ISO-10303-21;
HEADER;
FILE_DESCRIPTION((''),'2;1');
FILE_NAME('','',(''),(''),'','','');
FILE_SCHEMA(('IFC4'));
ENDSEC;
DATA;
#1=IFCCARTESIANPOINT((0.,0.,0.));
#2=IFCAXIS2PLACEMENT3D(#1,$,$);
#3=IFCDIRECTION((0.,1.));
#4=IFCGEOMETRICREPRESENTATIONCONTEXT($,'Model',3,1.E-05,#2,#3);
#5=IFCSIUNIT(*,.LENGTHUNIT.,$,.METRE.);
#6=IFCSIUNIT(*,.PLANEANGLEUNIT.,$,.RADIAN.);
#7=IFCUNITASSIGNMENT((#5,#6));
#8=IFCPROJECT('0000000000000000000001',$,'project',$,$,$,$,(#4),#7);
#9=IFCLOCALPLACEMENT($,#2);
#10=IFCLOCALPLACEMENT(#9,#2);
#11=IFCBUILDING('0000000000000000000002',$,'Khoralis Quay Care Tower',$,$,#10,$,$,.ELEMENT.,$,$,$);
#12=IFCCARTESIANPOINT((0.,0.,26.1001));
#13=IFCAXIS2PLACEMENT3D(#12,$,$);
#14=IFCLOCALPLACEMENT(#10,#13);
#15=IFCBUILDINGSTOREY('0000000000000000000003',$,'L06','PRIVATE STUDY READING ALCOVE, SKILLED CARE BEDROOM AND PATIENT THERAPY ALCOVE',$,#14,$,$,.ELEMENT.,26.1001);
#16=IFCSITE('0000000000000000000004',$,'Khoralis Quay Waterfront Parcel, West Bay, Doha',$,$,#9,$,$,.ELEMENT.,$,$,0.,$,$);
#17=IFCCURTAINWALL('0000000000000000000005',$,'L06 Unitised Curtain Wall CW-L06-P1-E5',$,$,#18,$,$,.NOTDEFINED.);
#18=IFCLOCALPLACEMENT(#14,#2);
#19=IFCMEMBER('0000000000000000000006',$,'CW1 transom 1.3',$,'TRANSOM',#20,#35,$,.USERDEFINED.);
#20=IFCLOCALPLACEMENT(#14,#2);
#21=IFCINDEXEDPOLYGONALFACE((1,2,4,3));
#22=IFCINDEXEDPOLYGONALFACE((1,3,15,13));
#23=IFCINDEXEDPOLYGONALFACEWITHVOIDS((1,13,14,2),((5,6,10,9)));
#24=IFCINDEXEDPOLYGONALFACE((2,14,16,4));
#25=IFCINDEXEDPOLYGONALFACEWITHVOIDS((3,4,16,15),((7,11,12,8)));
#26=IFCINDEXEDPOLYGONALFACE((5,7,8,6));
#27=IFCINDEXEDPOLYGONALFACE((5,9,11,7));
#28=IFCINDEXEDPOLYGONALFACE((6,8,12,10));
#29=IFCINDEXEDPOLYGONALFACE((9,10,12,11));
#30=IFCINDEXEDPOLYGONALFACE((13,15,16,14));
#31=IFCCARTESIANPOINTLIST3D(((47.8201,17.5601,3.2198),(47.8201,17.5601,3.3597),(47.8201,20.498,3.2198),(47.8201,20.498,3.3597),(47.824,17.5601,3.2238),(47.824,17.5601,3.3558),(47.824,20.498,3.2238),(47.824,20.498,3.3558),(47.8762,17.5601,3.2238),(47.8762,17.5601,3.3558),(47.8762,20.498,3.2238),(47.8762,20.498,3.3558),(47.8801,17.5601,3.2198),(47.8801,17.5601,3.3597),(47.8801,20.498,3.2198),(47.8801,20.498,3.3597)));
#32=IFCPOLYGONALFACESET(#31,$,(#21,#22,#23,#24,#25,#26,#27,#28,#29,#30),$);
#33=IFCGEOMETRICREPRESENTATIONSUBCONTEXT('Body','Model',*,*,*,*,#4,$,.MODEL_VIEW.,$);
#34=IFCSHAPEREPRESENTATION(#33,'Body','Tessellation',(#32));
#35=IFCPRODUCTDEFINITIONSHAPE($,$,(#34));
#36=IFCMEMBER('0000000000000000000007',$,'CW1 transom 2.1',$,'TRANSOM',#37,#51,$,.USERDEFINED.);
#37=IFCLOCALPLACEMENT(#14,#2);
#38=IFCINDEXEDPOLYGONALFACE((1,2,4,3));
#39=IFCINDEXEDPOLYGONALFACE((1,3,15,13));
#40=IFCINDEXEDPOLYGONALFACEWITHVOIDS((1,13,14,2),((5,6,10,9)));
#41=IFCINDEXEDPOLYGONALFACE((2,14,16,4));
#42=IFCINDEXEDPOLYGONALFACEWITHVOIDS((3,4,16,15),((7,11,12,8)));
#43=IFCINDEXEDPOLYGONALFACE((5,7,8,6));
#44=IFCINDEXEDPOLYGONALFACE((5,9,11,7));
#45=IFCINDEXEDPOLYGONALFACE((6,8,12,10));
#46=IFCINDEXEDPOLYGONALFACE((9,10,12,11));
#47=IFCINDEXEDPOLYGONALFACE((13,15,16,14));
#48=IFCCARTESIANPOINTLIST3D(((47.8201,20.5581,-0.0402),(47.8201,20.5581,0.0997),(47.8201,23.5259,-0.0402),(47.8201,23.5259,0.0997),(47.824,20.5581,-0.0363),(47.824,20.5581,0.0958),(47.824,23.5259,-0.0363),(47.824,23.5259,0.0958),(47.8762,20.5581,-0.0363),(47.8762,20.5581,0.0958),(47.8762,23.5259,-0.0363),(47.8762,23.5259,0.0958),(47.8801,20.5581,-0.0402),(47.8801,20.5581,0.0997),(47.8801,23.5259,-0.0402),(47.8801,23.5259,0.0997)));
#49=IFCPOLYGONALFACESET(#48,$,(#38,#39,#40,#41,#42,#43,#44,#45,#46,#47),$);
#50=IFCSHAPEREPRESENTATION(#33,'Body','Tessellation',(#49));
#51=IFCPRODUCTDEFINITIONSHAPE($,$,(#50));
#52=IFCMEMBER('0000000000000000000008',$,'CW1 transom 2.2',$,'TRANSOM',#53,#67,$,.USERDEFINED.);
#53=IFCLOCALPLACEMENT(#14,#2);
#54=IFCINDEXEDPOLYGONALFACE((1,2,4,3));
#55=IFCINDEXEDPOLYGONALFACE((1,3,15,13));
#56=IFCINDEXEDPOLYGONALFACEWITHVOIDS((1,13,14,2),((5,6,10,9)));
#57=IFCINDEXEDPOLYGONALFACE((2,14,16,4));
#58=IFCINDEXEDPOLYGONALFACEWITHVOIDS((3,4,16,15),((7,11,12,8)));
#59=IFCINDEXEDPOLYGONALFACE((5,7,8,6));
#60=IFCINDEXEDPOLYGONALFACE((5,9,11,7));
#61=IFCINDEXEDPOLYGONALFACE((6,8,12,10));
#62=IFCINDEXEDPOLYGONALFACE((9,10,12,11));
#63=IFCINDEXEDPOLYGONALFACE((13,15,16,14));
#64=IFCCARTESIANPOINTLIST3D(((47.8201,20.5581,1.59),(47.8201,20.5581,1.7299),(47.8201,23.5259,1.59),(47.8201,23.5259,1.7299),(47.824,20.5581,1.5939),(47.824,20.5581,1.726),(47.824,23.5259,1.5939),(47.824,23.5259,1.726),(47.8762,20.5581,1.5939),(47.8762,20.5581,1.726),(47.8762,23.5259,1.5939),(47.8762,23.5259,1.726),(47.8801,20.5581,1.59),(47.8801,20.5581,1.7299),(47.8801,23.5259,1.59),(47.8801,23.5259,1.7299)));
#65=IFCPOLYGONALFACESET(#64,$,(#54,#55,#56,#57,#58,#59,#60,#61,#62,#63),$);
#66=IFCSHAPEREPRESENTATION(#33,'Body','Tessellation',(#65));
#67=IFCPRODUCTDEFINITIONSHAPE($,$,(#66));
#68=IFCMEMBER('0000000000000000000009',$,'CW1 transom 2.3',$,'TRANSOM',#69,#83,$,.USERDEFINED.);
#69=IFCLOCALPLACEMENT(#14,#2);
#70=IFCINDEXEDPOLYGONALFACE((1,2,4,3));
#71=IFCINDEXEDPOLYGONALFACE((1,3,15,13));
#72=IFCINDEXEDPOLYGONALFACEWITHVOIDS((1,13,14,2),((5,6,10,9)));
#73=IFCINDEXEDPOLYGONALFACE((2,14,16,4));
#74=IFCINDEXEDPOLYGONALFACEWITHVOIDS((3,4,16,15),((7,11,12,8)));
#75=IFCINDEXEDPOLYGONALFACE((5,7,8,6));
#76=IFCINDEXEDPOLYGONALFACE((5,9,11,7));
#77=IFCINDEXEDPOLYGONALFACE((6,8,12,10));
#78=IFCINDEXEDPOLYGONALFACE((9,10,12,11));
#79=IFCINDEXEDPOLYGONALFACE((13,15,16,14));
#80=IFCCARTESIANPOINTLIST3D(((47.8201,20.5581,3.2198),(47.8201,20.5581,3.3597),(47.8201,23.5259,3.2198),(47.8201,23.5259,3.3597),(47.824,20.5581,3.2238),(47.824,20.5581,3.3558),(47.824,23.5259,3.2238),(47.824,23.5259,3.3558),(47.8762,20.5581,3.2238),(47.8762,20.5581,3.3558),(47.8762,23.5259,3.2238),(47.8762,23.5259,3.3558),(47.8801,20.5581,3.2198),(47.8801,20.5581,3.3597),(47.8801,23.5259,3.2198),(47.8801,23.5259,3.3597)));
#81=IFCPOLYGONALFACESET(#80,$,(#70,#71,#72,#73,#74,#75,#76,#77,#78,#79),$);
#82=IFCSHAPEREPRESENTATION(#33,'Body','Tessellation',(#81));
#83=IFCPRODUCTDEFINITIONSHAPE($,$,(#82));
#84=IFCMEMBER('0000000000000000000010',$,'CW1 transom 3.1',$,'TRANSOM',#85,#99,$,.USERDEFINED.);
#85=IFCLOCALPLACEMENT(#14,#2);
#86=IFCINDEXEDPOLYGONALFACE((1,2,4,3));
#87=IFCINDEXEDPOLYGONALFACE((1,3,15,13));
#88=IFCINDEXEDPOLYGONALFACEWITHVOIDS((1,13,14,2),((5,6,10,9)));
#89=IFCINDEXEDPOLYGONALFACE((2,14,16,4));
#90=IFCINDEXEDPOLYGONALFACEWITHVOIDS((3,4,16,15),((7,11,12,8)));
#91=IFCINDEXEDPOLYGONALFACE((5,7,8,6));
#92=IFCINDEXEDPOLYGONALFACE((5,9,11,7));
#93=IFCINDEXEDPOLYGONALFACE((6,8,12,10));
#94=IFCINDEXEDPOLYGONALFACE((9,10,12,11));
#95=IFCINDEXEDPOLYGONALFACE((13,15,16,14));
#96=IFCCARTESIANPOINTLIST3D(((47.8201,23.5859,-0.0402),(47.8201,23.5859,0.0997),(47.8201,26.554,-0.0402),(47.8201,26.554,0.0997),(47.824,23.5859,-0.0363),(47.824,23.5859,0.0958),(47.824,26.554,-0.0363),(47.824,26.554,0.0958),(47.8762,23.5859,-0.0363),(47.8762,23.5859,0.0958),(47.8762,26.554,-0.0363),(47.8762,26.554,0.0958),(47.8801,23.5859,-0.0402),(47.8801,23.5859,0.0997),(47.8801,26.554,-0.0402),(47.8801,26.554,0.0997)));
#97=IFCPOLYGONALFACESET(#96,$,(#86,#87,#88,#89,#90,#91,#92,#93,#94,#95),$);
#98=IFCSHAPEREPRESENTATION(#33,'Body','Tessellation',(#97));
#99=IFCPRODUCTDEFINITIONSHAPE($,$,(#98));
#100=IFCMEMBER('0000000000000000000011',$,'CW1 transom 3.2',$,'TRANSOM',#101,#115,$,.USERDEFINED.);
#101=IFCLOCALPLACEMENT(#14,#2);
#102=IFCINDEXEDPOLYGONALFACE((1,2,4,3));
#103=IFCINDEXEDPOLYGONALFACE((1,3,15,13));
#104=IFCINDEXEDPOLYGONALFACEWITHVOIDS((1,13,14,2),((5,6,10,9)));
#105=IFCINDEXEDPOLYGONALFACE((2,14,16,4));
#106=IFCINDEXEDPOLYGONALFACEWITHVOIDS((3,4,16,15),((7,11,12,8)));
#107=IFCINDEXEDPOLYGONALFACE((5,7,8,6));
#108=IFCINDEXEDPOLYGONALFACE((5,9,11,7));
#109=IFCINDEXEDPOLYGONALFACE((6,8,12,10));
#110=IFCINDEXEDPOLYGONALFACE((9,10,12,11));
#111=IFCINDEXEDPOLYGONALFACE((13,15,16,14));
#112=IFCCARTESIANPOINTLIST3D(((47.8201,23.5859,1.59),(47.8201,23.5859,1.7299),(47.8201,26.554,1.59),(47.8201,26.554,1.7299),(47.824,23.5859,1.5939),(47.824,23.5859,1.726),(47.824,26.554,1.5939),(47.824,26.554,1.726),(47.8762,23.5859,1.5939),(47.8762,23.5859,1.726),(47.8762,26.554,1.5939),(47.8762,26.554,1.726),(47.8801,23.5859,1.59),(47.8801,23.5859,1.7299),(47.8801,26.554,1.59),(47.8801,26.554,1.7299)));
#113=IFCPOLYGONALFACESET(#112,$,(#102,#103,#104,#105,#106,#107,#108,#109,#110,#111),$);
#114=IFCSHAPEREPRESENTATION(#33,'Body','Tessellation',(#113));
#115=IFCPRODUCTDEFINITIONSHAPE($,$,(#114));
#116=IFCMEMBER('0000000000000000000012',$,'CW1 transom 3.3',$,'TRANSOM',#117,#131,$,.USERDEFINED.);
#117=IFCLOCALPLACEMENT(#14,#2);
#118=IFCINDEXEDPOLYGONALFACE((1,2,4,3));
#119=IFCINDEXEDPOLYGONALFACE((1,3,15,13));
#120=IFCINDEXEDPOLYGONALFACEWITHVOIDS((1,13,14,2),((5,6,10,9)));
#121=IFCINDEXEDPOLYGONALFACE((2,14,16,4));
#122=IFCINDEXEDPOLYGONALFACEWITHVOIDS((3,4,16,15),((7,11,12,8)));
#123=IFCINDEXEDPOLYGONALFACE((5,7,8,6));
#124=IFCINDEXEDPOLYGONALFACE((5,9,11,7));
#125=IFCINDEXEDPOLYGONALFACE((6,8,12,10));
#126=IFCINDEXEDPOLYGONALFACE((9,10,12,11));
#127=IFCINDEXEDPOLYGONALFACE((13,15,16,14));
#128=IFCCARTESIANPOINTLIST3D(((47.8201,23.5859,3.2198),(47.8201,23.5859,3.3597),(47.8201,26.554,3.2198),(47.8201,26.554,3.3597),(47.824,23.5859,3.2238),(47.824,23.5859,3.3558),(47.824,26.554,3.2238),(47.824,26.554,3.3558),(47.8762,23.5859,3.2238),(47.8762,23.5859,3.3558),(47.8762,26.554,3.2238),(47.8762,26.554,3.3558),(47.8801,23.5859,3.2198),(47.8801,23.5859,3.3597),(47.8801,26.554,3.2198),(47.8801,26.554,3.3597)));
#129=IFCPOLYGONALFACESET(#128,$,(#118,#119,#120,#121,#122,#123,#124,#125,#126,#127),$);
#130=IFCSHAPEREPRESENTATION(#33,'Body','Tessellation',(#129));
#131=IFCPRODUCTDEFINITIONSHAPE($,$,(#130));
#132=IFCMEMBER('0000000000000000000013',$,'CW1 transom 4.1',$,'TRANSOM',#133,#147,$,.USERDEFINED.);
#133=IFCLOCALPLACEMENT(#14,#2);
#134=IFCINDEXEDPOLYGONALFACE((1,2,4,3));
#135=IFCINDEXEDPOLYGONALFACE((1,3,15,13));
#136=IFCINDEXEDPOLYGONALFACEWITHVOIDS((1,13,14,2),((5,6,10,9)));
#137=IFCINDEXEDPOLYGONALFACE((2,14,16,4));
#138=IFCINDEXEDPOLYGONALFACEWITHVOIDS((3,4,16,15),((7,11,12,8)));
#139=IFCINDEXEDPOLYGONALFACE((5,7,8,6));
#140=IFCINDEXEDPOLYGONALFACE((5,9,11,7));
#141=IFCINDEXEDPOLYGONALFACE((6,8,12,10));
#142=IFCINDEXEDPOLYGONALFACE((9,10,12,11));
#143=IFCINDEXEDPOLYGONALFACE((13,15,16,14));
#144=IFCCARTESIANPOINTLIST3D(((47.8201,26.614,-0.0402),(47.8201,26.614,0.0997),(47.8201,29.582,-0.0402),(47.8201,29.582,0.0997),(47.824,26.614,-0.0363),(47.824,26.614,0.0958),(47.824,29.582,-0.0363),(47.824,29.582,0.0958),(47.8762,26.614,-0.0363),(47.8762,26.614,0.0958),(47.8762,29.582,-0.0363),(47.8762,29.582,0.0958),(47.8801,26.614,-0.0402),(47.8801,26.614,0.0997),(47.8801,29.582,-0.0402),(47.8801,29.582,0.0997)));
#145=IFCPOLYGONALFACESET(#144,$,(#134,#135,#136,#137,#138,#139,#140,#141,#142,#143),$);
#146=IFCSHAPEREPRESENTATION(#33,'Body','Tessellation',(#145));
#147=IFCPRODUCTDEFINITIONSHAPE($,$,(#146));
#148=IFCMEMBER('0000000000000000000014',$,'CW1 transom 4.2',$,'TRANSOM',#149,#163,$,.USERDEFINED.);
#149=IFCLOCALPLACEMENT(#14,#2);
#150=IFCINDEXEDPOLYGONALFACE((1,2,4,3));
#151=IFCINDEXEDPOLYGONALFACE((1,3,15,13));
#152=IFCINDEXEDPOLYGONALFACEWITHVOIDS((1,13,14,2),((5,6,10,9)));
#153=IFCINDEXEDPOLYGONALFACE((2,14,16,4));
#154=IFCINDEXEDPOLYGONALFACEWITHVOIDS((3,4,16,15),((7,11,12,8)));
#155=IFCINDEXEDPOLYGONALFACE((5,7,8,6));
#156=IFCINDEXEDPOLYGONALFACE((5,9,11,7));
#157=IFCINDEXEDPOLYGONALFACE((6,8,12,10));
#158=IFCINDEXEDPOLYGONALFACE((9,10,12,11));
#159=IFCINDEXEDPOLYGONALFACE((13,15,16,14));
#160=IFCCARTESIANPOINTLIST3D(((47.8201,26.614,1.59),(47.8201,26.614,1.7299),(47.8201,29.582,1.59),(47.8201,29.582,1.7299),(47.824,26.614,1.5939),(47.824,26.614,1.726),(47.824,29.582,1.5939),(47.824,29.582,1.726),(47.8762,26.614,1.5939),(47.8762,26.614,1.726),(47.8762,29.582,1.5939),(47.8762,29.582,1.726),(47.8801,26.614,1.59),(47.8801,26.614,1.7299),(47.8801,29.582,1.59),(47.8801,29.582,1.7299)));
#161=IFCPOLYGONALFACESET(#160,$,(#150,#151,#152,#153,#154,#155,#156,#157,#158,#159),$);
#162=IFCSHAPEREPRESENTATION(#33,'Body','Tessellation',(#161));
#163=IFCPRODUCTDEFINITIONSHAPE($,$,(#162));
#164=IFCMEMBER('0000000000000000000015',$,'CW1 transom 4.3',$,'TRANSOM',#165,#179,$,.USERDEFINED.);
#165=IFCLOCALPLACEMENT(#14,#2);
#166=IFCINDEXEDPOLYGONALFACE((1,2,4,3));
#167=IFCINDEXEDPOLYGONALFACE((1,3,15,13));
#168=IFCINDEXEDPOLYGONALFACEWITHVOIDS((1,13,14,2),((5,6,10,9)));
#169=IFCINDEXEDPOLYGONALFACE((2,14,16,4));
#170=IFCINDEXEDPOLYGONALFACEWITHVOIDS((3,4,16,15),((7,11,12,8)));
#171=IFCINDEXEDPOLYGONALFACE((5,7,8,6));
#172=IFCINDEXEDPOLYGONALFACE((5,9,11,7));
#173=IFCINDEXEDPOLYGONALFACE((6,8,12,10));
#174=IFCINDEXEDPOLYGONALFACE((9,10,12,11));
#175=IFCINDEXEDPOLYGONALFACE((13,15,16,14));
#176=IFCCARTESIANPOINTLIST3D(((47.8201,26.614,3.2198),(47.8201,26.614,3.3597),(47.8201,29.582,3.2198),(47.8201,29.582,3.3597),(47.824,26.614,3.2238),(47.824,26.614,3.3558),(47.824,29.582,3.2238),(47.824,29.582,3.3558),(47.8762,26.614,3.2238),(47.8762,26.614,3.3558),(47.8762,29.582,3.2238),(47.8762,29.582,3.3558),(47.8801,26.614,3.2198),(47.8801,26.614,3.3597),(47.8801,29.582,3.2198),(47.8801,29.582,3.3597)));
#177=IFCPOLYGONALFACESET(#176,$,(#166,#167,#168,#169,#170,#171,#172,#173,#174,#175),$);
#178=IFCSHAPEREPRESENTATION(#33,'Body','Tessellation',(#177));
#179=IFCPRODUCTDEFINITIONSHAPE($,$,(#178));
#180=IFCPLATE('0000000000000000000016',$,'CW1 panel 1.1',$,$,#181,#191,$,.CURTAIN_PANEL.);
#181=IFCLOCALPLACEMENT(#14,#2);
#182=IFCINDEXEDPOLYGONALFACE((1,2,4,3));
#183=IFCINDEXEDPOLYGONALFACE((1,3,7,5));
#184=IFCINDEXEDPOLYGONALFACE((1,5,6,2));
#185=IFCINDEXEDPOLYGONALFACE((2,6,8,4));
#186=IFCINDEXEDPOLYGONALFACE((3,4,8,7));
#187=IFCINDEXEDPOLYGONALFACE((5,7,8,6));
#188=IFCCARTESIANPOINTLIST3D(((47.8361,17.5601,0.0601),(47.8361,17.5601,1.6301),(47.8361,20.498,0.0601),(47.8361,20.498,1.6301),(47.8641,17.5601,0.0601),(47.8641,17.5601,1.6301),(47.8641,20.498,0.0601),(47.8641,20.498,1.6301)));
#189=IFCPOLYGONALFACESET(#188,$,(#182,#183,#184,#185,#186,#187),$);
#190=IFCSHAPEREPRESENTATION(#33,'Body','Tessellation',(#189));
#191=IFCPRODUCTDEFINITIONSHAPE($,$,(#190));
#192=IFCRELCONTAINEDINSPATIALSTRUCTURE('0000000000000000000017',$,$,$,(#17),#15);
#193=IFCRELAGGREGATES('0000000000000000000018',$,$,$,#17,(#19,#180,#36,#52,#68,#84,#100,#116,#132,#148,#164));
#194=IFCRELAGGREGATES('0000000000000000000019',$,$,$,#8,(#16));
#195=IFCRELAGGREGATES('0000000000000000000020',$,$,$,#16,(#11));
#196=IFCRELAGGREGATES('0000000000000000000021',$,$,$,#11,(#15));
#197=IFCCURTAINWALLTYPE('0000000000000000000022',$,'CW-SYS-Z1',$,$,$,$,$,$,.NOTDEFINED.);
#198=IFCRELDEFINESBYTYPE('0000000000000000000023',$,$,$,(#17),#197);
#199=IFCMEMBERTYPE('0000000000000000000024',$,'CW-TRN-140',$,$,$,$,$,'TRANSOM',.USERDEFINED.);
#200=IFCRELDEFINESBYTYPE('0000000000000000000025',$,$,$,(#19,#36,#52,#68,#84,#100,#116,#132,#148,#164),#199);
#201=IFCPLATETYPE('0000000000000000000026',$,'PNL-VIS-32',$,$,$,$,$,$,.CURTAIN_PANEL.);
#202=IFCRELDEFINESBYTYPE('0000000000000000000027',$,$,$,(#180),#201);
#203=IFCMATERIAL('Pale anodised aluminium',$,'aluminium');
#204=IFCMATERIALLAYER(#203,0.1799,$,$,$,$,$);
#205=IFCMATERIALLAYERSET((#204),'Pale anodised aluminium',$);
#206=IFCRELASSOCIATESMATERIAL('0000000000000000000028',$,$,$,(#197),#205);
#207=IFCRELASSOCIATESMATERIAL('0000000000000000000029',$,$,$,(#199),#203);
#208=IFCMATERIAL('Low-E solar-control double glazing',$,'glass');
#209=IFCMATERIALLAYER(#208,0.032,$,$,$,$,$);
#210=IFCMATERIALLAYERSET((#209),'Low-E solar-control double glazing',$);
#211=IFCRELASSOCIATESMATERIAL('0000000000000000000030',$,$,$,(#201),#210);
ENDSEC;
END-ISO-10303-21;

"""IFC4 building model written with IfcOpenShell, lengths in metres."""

from ifc_helpers import new_model, si_unit, direction, frame, origin, origin_2d, place, context, subcontext, project, spatial, rectangle, hollow_rectangle, extrude, source, transform, mapped, material, layer, layer_set, material_profile, profile_set, type_object, element, aggregate, save


model = new_model("IFC4")

# Units and contexts
model_context = context("Model", 3, precision=1e-05, world=origin(), true_north=direction((0.0, 1.0)))
body_context = subcontext(model_context, "Body", "Model", "MODEL_VIEW")
ifc_project = project(units=[si_unit("LENGTHUNIT", "METRE"), si_unit("PLANEANGLEUNIT", "RADIAN")], contexts=[model_context])

# Site, building, storey
site_placement = place(None, origin())
site = spatial("IfcSite", under=ifc_project, at=site_placement, Name="Khoralis Quay Waterfront Parcel, West Bay, Doha", CompositionType="ELEMENT", RefElevation=0.0)
building_placement = place(site_placement, origin())
building = spatial("IfcBuilding", under=site, at=building_placement, Name="Khoralis Quay Care Tower", CompositionType="ELEMENT")
storey_placement = place(building_placement, frame((0.0, 0.0, 26.1001)))
storey = spatial("IfcBuildingStorey", under=building, at=storey_placement, Name="L06", Description="PRIVATE STUDY READING ALCOVE, SKILLED CARE BEDROOM AND PATIENT THERAPY ALCOVE", CompositionType="ELEMENT", Elevation=26.1001)

# Curtain wall, members, plate
ifc_material_1 = material(Name="Pale anodised aluminium", Category="aluminium")
ifc_layer_1 = layer(ifc_material_1, 0.1799)
ifc_layer_set_1 = layer_set([ifc_layer_1], Name="Pale anodised aluminium")
curtain_wall_type = type_object("IfcCurtainWallType", Name="CW-SYS-Z1", PredefinedType="NOTDEFINED", material=ifc_layer_set_1)
curtain_wall_placement = place(storey_placement, origin())
curtain_wall = element("IfcCurtainWall", 1, at=curtain_wall_placement, inside=storey, type_object=curtain_wall_type, Name="L06 Unitised Curtain Wall CW-L06-P1-E5", PredefinedType="NOTDEFINED")
ifc_material_profile_1 = material_profile(ifc_material_1, hollow_rectangle(XDim=0.0601, YDim=0.1399, WallThickness=0.0039, at=origin_2d()), Name="Pale anodised aluminium")
ifc_profile_set_1 = profile_set([ifc_material_profile_1], Name="Pale anodised aluminium")
member_type_1 = type_object("IfcMemberType", Name="CW-TRN-140", ElementType="TRANSOM", PredefinedType="USERDEFINED", material=ifc_profile_set_1)
shared_shape_1 = source(origin(), body_context, "Body", "SweptSolid", [
    extrude(hollow_rectangle(XDim=0.0601, YDim=0.1399, WallThickness=0.0039, at=origin_2d()), origin(), (0.0, 0.0, 1.0), 2.938),
])
member_1_placement = place(storey_placement, frame((47.8501, 17.5601, 3.2898), z_axis=(0.0, 1.0, 0.0), x_axis=(-1.0, 0.0, 0.0)))
member_1 = element("IfcMember", 2, at=member_1_placement, type_object=member_type_1, Name="CW1 transom 1.3", ObjectType="TRANSOM", PredefinedType="USERDEFINED", context=body_context, shape_type="MappedRepresentation", body=[
    mapped(shared_shape_1, transform((0.0, 0.0, 0.0), scale=1.0)),
])
shared_shape_2 = source(origin(), body_context, "Body", "SweptSolid", [
    extrude(hollow_rectangle(XDim=0.0601, YDim=0.1399, WallThickness=0.0039, at=origin_2d()), origin(), (0.0, 0.0, 1.0), 2.9678),
])
member_2_placement = place(storey_placement, frame((47.8501, 20.5581, 0.0298), z_axis=(0.0, 1.0, 0.0), x_axis=(-1.0, 0.0, 0.0)))
member_2 = element("IfcMember", 3, at=member_2_placement, type_object=member_type_1, Name="CW1 transom 2.1", ObjectType="TRANSOM", PredefinedType="USERDEFINED", context=body_context, shape_type="MappedRepresentation", body=[
    mapped(shared_shape_2, transform((0.0, 0.0, 0.0), scale=1.0)),
])
member_3_placement = place(storey_placement, frame((47.8501, 20.5581, 1.6599), z_axis=(0.0, 1.0, 0.0), x_axis=(-1.0, 0.0, 0.0)))
member_3 = element("IfcMember", 4, at=member_3_placement, type_object=member_type_1, Name="CW1 transom 2.2", ObjectType="TRANSOM", PredefinedType="USERDEFINED", context=body_context, shape_type="MappedRepresentation", body=[
    mapped(shared_shape_2, transform((0.0, 0.0, 0.0), scale=1.0)),
])
member_4_placement = place(storey_placement, frame((47.8501, 20.5581, 3.2898), z_axis=(0.0, 1.0, 0.0), x_axis=(-1.0, 0.0, 0.0)))
member_4 = element("IfcMember", 5, at=member_4_placement, type_object=member_type_1, Name="CW1 transom 2.3", ObjectType="TRANSOM", PredefinedType="USERDEFINED", context=body_context, shape_type="MappedRepresentation", body=[
    mapped(shared_shape_2, transform((0.0, 0.0, 0.0), scale=1.0)),
])
shared_shape_3 = source(origin(), body_context, "Body", "SweptSolid", [
    extrude(hollow_rectangle(XDim=0.0601, YDim=0.1399, WallThickness=0.0039, at=origin_2d()), origin(), (0.0, 0.0, 1.0), 2.968),
])
member_5_placement = place(storey_placement, frame((47.8501, 23.5859, 0.0298), z_axis=(0.0, 1.0, 0.0), x_axis=(-1.0, 0.0, 0.0)))
member_5 = element("IfcMember", 6, at=member_5_placement, type_object=member_type_1, Name="CW1 transom 3.1", ObjectType="TRANSOM", PredefinedType="USERDEFINED", context=body_context, shape_type="MappedRepresentation", body=[
    mapped(shared_shape_3, transform((0.0, 0.0, 0.0), scale=1.0)),
])
member_6_placement = place(storey_placement, frame((47.8501, 23.5859, 1.6599), z_axis=(0.0, 1.0, 0.0), x_axis=(-1.0, 0.0, 0.0)))
member_6 = element("IfcMember", 7, at=member_6_placement, type_object=member_type_1, Name="CW1 transom 3.2", ObjectType="TRANSOM", PredefinedType="USERDEFINED", context=body_context, shape_type="MappedRepresentation", body=[
    mapped(shared_shape_3, transform((0.0, 0.0, 0.0), scale=1.0)),
])
member_7_placement = place(storey_placement, frame((47.8501, 23.5859, 3.2898), z_axis=(0.0, 1.0, 0.0), x_axis=(-1.0, 0.0, 0.0)))
member_7 = element("IfcMember", 8, at=member_7_placement, type_object=member_type_1, Name="CW1 transom 3.3", ObjectType="TRANSOM", PredefinedType="USERDEFINED", context=body_context, shape_type="MappedRepresentation", body=[
    mapped(shared_shape_3, transform((0.0, 0.0, 0.0), scale=1.0)),
])
member_8_placement = place(storey_placement, frame((47.8501, 26.614, 0.0298), z_axis=(0.0, 1.0, 0.0), x_axis=(-1.0, 0.0, 0.0)))
member_8 = element("IfcMember", 9, at=member_8_placement, type_object=member_type_1, Name="CW1 transom 4.1", ObjectType="TRANSOM", PredefinedType="USERDEFINED", context=body_context, shape_type="MappedRepresentation", body=[
    mapped(shared_shape_3, transform((0.0, 0.0, 0.0), scale=1.0)),
])
member_9_placement = place(storey_placement, frame((47.8501, 26.614, 1.6599), z_axis=(0.0, 1.0, 0.0), x_axis=(-1.0, 0.0, 0.0)))
member_9 = element("IfcMember", 10, at=member_9_placement, type_object=member_type_1, Name="CW1 transom 4.2", ObjectType="TRANSOM", PredefinedType="USERDEFINED", context=body_context, shape_type="MappedRepresentation", body=[
    mapped(shared_shape_3, transform((0.0, 0.0, 0.0), scale=1.0)),
])
member_10_placement = place(storey_placement, frame((47.8501, 26.614, 3.2898), z_axis=(0.0, 1.0, 0.0), x_axis=(-1.0, 0.0, 0.0)))
member_10 = element("IfcMember", 11, at=member_10_placement, type_object=member_type_1, Name="CW1 transom 4.3", ObjectType="TRANSOM", PredefinedType="USERDEFINED", context=body_context, shape_type="MappedRepresentation", body=[
    mapped(shared_shape_3, transform((0.0, 0.0, 0.0), scale=1.0)),
])
ifc_material_2 = material(Name="Low-E solar-control double glazing", Category="glass")
ifc_layer_2 = layer(ifc_material_2, 0.032)
ifc_layer_set_2 = layer_set([ifc_layer_2], Name="Low-E solar-control double glazing")
plate_type = type_object("IfcPlateType", Name="PNL-VIS-32", PredefinedType="CURTAIN_PANEL", material=ifc_layer_set_2)
shared_shape_4 = source(origin(), body_context, "Body", "SweptSolid", [
    extrude(rectangle(XDim=2.938, YDim=0.0281, at=origin_2d()), origin(), (0.0, 0.0, 1.0), 1.5701),
])
plate_1_placement = place(storey_placement, frame((47.8501, 19.0291, 0.0601), z_axis=(0.0, 0.0, 1.0), x_axis=(0.0, 1.0, 0.0)))
plate_1 = element("IfcPlate", 12, at=plate_1_placement, type_object=plate_type, Name="CW1 panel 1.1", PredefinedType="CURTAIN_PANEL", context=body_context, shape_type="MappedRepresentation", body=[
    mapped(shared_shape_4, transform((0.0, 0.0, 0.0), scale=1.0)),
])
aggregate(curtain_wall, [member_1, plate_1, member_2, member_3, member_4, member_5, member_6, member_7, member_8, member_9, member_10])

save(model, "model.ifc")
